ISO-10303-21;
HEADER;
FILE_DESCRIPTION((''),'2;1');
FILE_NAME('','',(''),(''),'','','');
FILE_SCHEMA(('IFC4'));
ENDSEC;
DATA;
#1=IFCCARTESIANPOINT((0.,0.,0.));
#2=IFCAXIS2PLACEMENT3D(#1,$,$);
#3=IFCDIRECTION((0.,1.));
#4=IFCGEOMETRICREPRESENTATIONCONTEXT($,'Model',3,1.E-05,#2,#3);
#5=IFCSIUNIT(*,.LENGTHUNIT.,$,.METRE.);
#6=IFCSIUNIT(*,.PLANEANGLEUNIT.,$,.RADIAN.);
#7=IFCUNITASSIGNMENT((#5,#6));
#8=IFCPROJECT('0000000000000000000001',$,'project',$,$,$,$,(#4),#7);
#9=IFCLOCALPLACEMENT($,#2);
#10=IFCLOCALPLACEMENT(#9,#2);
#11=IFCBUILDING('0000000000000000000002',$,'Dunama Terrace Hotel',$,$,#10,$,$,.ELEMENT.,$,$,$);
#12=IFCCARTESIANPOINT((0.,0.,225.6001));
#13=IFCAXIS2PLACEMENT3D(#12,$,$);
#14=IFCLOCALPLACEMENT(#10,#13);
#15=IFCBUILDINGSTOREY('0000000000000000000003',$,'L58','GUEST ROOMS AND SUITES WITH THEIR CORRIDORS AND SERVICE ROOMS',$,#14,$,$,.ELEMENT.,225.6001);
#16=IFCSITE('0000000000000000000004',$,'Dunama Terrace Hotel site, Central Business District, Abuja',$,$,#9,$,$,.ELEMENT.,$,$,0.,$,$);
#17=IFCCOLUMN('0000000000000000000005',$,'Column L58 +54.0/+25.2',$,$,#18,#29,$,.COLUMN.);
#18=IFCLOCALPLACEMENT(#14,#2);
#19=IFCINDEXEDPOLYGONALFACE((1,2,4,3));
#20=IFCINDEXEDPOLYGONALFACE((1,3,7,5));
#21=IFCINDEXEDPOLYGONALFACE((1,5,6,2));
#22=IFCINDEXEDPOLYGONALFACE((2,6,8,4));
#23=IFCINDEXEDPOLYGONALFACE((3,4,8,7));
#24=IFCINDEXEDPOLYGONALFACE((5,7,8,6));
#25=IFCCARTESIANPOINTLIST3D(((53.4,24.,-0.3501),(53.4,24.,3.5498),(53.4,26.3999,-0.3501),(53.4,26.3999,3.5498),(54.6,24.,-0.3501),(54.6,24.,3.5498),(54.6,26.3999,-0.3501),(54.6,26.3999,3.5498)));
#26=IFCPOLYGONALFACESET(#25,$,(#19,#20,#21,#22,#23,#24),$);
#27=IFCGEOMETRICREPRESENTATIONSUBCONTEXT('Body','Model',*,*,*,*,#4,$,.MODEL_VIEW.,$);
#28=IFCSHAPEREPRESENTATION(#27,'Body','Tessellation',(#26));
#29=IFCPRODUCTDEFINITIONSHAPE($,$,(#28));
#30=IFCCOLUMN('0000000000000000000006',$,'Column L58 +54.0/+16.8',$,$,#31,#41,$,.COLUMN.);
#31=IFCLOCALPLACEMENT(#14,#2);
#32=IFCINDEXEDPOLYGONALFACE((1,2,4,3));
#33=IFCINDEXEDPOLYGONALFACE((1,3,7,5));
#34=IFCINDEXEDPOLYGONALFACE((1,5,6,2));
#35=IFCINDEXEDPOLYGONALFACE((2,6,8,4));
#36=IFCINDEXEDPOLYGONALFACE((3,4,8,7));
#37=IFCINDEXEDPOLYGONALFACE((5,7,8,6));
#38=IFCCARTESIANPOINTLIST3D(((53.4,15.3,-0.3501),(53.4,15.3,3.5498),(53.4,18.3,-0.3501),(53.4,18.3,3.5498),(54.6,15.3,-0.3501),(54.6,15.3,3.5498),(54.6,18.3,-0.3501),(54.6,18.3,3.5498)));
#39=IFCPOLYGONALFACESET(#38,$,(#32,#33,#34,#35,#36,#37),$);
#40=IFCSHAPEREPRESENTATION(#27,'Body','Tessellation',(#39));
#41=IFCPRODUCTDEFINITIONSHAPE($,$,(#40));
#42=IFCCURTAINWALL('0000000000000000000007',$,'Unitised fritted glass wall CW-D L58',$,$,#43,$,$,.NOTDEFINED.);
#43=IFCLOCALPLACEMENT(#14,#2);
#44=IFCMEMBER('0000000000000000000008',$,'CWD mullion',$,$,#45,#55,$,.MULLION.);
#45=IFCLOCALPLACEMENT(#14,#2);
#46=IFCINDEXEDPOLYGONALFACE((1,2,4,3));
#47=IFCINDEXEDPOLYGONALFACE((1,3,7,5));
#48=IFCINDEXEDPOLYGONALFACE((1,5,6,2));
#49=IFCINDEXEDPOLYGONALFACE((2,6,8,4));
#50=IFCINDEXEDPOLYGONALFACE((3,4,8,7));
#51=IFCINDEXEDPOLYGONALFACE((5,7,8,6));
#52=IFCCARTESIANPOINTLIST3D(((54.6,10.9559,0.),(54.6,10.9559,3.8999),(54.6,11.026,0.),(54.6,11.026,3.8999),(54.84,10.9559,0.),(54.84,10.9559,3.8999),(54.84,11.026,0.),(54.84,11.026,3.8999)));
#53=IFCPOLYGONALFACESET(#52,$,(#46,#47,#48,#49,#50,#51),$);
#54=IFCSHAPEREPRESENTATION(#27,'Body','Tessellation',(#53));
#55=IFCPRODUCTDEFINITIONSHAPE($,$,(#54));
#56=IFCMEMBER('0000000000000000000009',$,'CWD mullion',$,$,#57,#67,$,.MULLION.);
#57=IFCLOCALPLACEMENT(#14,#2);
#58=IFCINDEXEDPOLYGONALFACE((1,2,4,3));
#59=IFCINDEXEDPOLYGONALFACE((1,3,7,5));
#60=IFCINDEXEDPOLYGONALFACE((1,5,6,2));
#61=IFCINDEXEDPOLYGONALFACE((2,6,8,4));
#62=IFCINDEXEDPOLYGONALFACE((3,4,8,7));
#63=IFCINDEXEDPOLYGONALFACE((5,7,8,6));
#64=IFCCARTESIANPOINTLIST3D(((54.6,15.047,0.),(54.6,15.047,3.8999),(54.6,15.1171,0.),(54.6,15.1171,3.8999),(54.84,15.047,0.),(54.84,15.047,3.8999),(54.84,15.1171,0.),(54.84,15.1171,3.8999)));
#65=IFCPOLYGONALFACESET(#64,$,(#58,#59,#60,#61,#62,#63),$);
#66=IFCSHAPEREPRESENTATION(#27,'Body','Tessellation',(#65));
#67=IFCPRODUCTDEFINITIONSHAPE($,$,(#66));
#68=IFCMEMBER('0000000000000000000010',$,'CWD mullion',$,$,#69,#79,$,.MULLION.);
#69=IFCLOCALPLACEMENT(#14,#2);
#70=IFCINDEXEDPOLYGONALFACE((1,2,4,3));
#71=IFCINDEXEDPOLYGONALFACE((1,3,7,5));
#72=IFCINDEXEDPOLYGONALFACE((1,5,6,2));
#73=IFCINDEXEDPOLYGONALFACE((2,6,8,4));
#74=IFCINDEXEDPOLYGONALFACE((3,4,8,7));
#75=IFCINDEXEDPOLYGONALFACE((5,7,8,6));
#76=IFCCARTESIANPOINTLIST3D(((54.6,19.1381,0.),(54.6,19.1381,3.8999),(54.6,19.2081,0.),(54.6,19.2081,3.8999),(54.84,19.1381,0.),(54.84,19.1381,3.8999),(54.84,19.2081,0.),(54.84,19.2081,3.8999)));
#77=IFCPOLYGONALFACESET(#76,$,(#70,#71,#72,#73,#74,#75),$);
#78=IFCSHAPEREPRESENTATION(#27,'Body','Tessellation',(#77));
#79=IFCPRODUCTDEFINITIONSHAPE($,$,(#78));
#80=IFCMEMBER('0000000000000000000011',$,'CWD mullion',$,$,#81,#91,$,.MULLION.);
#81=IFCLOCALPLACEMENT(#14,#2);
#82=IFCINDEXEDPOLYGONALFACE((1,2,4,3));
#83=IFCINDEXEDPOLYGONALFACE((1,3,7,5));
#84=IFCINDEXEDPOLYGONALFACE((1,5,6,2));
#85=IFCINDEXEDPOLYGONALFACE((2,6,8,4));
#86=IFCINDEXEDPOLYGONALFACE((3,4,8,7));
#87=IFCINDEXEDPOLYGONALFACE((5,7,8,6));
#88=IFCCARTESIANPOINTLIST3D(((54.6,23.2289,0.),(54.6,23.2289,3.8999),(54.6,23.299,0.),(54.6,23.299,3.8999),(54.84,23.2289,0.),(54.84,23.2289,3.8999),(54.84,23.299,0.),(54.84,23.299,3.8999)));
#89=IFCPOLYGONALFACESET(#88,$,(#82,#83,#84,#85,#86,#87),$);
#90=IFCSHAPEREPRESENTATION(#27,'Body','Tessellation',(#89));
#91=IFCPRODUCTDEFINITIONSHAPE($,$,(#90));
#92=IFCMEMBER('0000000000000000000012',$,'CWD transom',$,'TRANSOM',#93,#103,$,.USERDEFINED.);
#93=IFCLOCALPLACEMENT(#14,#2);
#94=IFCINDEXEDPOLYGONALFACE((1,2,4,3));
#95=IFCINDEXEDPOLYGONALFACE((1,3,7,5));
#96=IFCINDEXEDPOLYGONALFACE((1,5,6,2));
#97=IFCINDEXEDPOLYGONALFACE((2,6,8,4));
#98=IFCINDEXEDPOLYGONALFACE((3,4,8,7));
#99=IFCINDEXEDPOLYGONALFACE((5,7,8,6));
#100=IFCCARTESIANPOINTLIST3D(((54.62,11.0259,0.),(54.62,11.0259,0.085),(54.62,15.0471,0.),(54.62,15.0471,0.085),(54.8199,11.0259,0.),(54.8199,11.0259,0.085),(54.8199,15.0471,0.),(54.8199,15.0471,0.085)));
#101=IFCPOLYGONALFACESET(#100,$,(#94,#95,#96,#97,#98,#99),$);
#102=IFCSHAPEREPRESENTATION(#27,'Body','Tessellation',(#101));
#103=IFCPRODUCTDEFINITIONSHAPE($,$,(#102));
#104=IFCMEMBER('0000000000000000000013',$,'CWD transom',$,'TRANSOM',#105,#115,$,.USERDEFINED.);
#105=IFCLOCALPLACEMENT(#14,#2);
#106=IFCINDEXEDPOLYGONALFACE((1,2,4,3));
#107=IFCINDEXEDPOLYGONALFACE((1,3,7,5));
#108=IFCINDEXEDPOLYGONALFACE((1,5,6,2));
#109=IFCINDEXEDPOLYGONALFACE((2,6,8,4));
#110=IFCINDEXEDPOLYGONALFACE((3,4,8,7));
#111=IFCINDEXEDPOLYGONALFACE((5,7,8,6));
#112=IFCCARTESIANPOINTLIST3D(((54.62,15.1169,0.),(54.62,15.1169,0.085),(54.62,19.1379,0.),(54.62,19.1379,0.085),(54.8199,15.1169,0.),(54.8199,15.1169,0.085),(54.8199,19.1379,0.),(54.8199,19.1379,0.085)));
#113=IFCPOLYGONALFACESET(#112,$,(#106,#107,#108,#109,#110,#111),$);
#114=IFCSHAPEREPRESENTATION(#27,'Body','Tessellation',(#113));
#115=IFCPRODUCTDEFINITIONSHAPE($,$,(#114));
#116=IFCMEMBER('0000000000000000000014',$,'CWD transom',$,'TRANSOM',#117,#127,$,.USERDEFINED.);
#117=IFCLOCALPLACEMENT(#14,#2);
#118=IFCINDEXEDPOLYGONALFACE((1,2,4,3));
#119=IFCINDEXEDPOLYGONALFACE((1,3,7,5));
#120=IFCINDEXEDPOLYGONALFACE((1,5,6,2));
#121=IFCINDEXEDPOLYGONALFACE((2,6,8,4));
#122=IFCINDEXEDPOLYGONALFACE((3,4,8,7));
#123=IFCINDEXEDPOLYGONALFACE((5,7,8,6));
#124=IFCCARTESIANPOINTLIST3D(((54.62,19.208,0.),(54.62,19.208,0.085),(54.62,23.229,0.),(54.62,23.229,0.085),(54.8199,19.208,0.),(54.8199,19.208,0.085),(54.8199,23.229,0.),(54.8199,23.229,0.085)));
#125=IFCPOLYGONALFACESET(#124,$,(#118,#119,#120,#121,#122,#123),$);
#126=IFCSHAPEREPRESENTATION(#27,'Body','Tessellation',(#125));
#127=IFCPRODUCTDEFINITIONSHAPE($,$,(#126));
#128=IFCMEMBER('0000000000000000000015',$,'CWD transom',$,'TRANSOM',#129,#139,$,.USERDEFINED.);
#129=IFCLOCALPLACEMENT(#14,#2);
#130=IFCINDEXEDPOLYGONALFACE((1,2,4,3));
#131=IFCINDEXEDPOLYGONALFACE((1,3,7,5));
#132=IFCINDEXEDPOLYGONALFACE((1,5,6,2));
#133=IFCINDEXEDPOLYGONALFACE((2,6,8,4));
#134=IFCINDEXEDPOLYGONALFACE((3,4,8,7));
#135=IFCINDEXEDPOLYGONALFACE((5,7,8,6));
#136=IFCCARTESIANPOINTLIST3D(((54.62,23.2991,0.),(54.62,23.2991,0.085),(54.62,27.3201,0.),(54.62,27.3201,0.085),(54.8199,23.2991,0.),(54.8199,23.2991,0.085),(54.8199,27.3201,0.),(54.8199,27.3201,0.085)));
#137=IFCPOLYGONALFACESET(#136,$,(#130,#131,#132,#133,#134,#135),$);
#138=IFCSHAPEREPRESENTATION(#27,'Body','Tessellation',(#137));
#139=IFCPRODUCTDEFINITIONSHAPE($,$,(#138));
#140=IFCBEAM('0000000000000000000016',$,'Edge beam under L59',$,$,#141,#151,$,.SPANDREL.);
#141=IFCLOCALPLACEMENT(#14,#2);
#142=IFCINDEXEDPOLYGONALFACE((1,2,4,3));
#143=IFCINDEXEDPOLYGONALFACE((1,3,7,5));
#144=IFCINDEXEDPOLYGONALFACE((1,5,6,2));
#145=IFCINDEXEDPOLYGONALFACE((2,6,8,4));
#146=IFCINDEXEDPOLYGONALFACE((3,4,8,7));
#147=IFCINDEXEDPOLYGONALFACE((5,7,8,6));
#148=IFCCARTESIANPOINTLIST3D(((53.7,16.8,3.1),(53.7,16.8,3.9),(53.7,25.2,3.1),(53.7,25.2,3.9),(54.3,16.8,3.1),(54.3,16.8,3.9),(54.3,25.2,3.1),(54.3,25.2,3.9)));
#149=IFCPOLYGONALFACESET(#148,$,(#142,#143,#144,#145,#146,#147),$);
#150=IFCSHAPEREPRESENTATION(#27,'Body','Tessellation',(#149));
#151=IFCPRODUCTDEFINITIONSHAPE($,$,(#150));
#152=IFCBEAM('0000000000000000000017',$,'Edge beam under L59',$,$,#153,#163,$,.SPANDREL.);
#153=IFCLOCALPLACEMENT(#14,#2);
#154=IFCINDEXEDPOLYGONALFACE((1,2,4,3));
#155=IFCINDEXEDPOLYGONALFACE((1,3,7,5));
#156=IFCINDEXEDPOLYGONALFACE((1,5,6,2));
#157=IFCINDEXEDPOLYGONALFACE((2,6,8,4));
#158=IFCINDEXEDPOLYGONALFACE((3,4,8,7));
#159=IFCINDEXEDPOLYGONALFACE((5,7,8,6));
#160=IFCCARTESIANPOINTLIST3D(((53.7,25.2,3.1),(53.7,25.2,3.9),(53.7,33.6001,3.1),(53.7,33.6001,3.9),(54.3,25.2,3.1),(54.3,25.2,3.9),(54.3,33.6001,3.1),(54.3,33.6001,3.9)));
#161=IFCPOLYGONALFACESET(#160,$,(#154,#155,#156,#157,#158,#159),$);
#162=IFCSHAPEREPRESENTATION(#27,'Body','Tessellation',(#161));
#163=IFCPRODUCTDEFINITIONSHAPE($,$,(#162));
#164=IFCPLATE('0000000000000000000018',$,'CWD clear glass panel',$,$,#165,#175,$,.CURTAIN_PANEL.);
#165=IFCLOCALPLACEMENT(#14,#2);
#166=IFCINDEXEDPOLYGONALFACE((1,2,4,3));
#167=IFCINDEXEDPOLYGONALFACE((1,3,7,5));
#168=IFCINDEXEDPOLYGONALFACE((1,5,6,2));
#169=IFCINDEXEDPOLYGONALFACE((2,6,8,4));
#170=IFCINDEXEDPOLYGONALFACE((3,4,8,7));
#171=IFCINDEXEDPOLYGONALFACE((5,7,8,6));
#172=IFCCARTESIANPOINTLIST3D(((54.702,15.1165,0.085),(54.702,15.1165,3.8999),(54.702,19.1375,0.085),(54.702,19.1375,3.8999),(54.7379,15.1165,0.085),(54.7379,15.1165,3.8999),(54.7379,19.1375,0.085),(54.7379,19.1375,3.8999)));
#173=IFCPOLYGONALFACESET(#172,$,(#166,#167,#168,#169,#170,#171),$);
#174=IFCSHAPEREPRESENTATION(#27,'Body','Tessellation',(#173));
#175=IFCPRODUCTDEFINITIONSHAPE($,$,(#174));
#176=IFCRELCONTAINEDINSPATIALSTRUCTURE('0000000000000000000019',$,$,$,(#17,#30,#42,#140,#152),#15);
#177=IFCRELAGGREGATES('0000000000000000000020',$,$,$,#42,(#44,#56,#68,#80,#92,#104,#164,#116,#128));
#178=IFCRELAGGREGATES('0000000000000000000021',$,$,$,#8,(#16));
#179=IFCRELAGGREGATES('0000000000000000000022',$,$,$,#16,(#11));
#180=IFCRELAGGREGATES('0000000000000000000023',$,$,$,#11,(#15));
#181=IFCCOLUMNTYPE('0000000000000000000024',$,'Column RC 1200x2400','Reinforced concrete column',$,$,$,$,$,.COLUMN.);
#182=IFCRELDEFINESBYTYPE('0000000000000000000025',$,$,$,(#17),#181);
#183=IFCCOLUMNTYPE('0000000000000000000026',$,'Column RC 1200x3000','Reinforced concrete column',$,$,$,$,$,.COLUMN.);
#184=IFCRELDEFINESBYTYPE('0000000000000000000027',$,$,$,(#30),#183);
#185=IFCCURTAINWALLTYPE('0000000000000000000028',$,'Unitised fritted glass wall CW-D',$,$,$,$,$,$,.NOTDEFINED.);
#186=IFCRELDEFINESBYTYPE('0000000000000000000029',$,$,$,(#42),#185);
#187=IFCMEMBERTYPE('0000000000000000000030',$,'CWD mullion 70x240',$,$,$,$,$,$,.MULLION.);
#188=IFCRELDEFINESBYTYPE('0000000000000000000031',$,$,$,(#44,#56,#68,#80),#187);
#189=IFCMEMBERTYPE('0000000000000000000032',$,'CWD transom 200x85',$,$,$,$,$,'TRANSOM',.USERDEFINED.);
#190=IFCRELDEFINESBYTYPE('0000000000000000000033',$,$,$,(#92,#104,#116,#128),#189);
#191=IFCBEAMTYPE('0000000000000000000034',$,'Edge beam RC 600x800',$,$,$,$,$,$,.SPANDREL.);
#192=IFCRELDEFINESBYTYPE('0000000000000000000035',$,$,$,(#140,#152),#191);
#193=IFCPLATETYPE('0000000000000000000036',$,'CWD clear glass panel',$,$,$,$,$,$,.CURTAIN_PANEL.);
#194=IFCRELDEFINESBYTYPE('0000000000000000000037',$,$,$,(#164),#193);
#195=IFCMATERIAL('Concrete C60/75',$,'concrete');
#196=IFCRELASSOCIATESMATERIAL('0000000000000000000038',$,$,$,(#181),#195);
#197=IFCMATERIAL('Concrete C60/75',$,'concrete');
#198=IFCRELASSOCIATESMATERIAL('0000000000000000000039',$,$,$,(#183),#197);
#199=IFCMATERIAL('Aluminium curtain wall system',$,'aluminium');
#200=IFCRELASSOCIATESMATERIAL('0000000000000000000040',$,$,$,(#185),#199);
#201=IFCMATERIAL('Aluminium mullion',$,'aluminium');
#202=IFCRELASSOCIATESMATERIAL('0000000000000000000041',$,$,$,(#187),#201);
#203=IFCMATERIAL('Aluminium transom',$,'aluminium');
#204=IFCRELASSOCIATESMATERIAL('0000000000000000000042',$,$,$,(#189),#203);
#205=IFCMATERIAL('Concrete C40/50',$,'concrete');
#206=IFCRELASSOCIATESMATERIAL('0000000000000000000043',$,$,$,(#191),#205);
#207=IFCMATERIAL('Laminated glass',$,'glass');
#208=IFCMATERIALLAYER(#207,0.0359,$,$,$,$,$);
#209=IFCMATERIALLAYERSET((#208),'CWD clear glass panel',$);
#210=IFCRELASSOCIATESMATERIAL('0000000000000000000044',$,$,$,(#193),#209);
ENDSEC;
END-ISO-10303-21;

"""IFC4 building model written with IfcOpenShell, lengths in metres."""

from ifc_helpers import new_model, si_unit, direction, frame, origin, origin_2d, place, context, subcontext, project, spatial, rectangle, extrude, material, layer, layer_set, material_profile, profile_set, type_object, element, aggregate, save


model = new_model("IFC4")

# Units and contexts
model_context = context("Model", 3, precision=1e-05, world=origin(), true_north=direction((0.0, 1.0)))
body_context = subcontext(model_context, "Body", "Model", "MODEL_VIEW")
ifc_project = project(units=[si_unit("LENGTHUNIT", "METRE"), si_unit("PLANEANGLEUNIT", "RADIAN")], contexts=[model_context])

# Site, building, storey
site_placement = place(None, origin())
site = spatial("IfcSite", under=ifc_project, at=site_placement, Name="Dunama Terrace Hotel site, Central Business District, Abuja", CompositionType="ELEMENT", RefElevation=0.0)
building_placement = place(site_placement, origin())
building = spatial("IfcBuilding", under=site, at=building_placement, Name="Dunama Terrace Hotel", CompositionType="ELEMENT")
storey_placement = place(building_placement, frame((0.0, 0.0, 225.6001)))
storey = spatial("IfcBuildingStorey", under=building, at=storey_placement, Name="L58", Description="GUEST ROOMS AND SUITES WITH THEIR CORRIDORS AND SERVICE ROOMS", CompositionType="ELEMENT", Elevation=225.6001)

# Columns
ifc_material_1 = material(Name="Concrete C60/75", Category="concrete")
ifc_material_profile_1 = material_profile(ifc_material_1, rectangle(XDim=1.2, YDim=2.3999, at=origin_2d()), Name="RC 1200x2400")
ifc_profile_set_1 = profile_set([ifc_material_profile_1], Name="Concrete C60/75")
column_type_1 = type_object("IfcColumnType", Name="Column RC 1200x2400", Description="Reinforced concrete column", PredefinedType="COLUMN", material=ifc_profile_set_1)
column_1_placement = place(storey_placement, frame((54.0, 25.2, -0.3501), z_axis=(0.0, 0.0, 1.0), x_axis=(1.0, 0.0, 0.0)))
element("IfcColumn", 1, at=column_1_placement, inside=storey, type_object=column_type_1, Name="Column L58 +54.0/+25.2", PredefinedType="COLUMN", context=body_context, shape_type="SweptSolid", body=[
    extrude(rectangle(XDim=1.2, YDim=2.3999, at=origin_2d()), origin(), (0.0, 0.0, 1.0), 3.8999),
])
ifc_material_2 = material(Name="Concrete C60/75", Category="concrete")
ifc_material_profile_2 = material_profile(ifc_material_2, rectangle(XDim=1.2, YDim=3.0, at=origin_2d()), Name="RC 1200x3000")
ifc_profile_set_2 = profile_set([ifc_material_profile_2], Name="Concrete C60/75")
column_type_2 = type_object("IfcColumnType", Name="Column RC 1200x3000", Description="Reinforced concrete column", PredefinedType="COLUMN", material=ifc_profile_set_2)
column_2_placement = place(storey_placement, frame((54.0, 16.8, -0.3501), z_axis=(0.0, 0.0, 1.0), x_axis=(1.0, 0.0, 0.0)))
element("IfcColumn", 2, at=column_2_placement, inside=storey, type_object=column_type_2, Name="Column L58 +54.0/+16.8", PredefinedType="COLUMN", context=body_context, shape_type="SweptSolid", body=[
    extrude(rectangle(XDim=1.2, YDim=3.0, at=origin_2d()), origin(), (0.0, 0.0, 1.0), 3.8999),
])

# Curtain wall, members
ifc_material_3 = material(Name="Aluminium curtain wall system", Category="aluminium")
curtain_wall_type = type_object("IfcCurtainWallType", Name="Unitised fritted glass wall CW-D", PredefinedType="NOTDEFINED", material=ifc_material_3)
curtain_wall_placement = place(storey_placement, origin())
curtain_wall = element("IfcCurtainWall", 3, at=curtain_wall_placement, inside=storey, type_object=curtain_wall_type, Name="Unitised fritted glass wall CW-D L58", PredefinedType="NOTDEFINED")
ifc_material_4 = material(Name="Aluminium mullion", Category="aluminium")
ifc_material_profile_3 = material_profile(ifc_material_4, rectangle(XDim=0.0701, YDim=0.24, at=origin_2d()), Name="CWD MULLION 70X240")
ifc_profile_set_3 = profile_set([ifc_material_profile_3], Name="Aluminium mullion")
member_type_1 = type_object("IfcMemberType", Name="CWD mullion 70x240", PredefinedType="MULLION", material=ifc_profile_set_3)
member_1_placement = place(storey_placement, frame((54.72, 10.991, 0.0), z_axis=(0.0, 0.0, 1.0), x_axis=(0.0, 1.0, 0.0)))
member_1 = element("IfcMember", 4, at=member_1_placement, type_object=member_type_1, Name="CWD mullion", PredefinedType="MULLION", context=body_context, shape_type="SweptSolid", body=[
    extrude(rectangle(XDim=0.0701, YDim=0.24, at=origin_2d()), origin(), (0.0, 0.0, 1.0), 3.8999),
])
member_2_placement = place(storey_placement, frame((54.72, 15.082, 0.0), z_axis=(0.0, 0.0, 1.0), x_axis=(0.0, 1.0, 0.0)))
member_2 = element("IfcMember", 5, at=member_2_placement, type_object=member_type_1, Name="CWD mullion", PredefinedType="MULLION", context=body_context, shape_type="SweptSolid", body=[
    extrude(rectangle(XDim=0.0701, YDim=0.24, at=origin_2d()), origin(), (0.0, 0.0, 1.0), 3.8999),
])
member_3_placement = place(storey_placement, frame((54.72, 19.1731, 0.0), z_axis=(0.0, 0.0, 1.0), x_axis=(0.0, 1.0, 0.0)))
member_3 = element("IfcMember", 6, at=member_3_placement, type_object=member_type_1, Name="CWD mullion", PredefinedType="MULLION", context=body_context, shape_type="SweptSolid", body=[
    extrude(rectangle(XDim=0.0701, YDim=0.24, at=origin_2d()), origin(), (0.0, 0.0, 1.0), 3.8999),
])
member_4_placement = place(storey_placement, frame((54.72, 23.2639, 0.0), z_axis=(0.0, 0.0, 1.0), x_axis=(0.0, 1.0, 0.0)))
member_4 = element("IfcMember", 7, at=member_4_placement, type_object=member_type_1, Name="CWD mullion", PredefinedType="MULLION", context=body_context, shape_type="SweptSolid", body=[
    extrude(rectangle(XDim=0.0701, YDim=0.24, at=origin_2d()), origin(), (0.0, 0.0, 1.0), 3.8999),
])
ifc_material_5 = material(Name="Aluminium transom", Category="aluminium")
ifc_material_profile_4 = material_profile(ifc_material_5, rectangle(XDim=0.2, YDim=0.085, at=origin_2d()), Name="CWD TRANSOM 200X85")
ifc_profile_set_4 = profile_set([ifc_material_profile_4], Name="Aluminium transom")
member_type_2 = type_object("IfcMemberType", Name="CWD transom 200x85", ElementType="TRANSOM", PredefinedType="USERDEFINED", material=ifc_profile_set_4)
member_5_placement = place(storey_placement, frame((54.72, 11.0259, 0.0425), z_axis=(0.0, 1.0, 0.0), x_axis=(-1.0, 0.0, 0.0)))
member_5 = element("IfcMember", 8, at=member_5_placement, type_object=member_type_2, Name="CWD transom", ObjectType="TRANSOM", PredefinedType="USERDEFINED", context=body_context, shape_type="SweptSolid", body=[
    extrude(rectangle(XDim=0.2, YDim=0.085, at=origin_2d()), origin(), (0.0, 0.0, 1.0), 4.0212),
])
member_6_placement = place(storey_placement, frame((54.72, 15.1169, 0.0425), z_axis=(0.0, 1.0, 0.0), x_axis=(-1.0, 0.0, 0.0)))
member_6 = element("IfcMember", 9, at=member_6_placement, type_object=member_type_2, Name="CWD transom", ObjectType="TRANSOM", PredefinedType="USERDEFINED", context=body_context, shape_type="SweptSolid", body=[
    extrude(rectangle(XDim=0.2, YDim=0.085, at=origin_2d()), origin(), (0.0, 0.0, 1.0), 4.021),
])
member_7_placement = place(storey_placement, frame((54.72, 19.208, 0.0425), z_axis=(0.0, 1.0, 0.0), x_axis=(-1.0, 0.0, 0.0)))
member_7 = element("IfcMember", 10, at=member_7_placement, type_object=member_type_2, Name="CWD transom", ObjectType="TRANSOM", PredefinedType="USERDEFINED", context=body_context, shape_type="SweptSolid", body=[
    extrude(rectangle(XDim=0.2, YDim=0.085, at=origin_2d()), origin(), (0.0, 0.0, 1.0), 4.021),
])
member_8_placement = place(storey_placement, frame((54.72, 23.2991, 0.0425), z_axis=(0.0, 1.0, 0.0), x_axis=(-1.0, 0.0, 0.0)))
member_8 = element("IfcMember", 11, at=member_8_placement, type_object=member_type_2, Name="CWD transom", ObjectType="TRANSOM", PredefinedType="USERDEFINED", context=body_context, shape_type="SweptSolid", body=[
    extrude(rectangle(XDim=0.2, YDim=0.085, at=origin_2d()), origin(), (0.0, 0.0, 1.0), 4.021),
])

# Beams
ifc_material_6 = material(Name="Concrete C40/50", Category="concrete")
ifc_material_profile_5 = material_profile(ifc_material_6, rectangle(XDim=0.6001, YDim=0.8, at=origin_2d()), Name="RC 600x800")
ifc_profile_set_5 = profile_set([ifc_material_profile_5], Name="Concrete C40/50")
beam_type = type_object("IfcBeamType", Name="Edge beam RC 600x800", PredefinedType="SPANDREL", material=ifc_profile_set_5)
beam_1_placement = place(storey_placement, frame((54.0, 16.8, 3.5), z_axis=(0.0, 1.0, 0.0), x_axis=(-1.0, 0.0, 0.0)))
element("IfcBeam", 12, at=beam_1_placement, inside=storey, type_object=beam_type, Name="Edge beam under L59", PredefinedType="SPANDREL", context=body_context, shape_type="SweptSolid", body=[
    extrude(rectangle(XDim=0.6001, YDim=0.8, at=origin_2d()), origin(), (0.0, 0.0, 1.0), 8.3999),
])
beam_2_placement = place(storey_placement, frame((54.0, 25.2, 3.5), z_axis=(0.0, 1.0, 0.0), x_axis=(-1.0, 0.0, 0.0)))
element("IfcBeam", 13, at=beam_2_placement, inside=storey, type_object=beam_type, Name="Edge beam under L59", PredefinedType="SPANDREL", context=body_context, shape_type="SweptSolid", body=[
    extrude(rectangle(XDim=0.6001, YDim=0.8, at=origin_2d()), origin(), (0.0, 0.0, 1.0), 8.4001),
])

# Plate
ifc_material_7 = material(Name="Laminated glass", Category="glass")
ifc_layer_1 = layer(ifc_material_7, 0.0359)
ifc_layer_set_1 = layer_set([ifc_layer_1], Name="CWD clear glass panel")
plate_type_1 = type_object("IfcPlateType", Name="CWD clear glass panel", PredefinedType="CURTAIN_PANEL", material=ifc_layer_set_1)
plate_1_placement = place(storey_placement, frame((54.72, 17.127, 0.085), z_axis=(0.0, 0.0, 1.0), x_axis=(0.0, 1.0, 0.0)))
plate_1 = element("IfcPlate", 14, at=plate_1_placement, type_object=plate_type_1, Name="CWD clear glass panel", PredefinedType="CURTAIN_PANEL", context=body_context, shape_type="SweptSolid", body=[
    extrude(rectangle(XDim=4.021, YDim=0.0359, at=origin_2d()), origin(), (0.0, 0.0, 1.0), 3.8149),
])
aggregate(curtain_wall, [member_1, member_2, member_3, member_4, member_5, member_6, plate_1, member_7, member_8])

save(model, "model.ifc")
